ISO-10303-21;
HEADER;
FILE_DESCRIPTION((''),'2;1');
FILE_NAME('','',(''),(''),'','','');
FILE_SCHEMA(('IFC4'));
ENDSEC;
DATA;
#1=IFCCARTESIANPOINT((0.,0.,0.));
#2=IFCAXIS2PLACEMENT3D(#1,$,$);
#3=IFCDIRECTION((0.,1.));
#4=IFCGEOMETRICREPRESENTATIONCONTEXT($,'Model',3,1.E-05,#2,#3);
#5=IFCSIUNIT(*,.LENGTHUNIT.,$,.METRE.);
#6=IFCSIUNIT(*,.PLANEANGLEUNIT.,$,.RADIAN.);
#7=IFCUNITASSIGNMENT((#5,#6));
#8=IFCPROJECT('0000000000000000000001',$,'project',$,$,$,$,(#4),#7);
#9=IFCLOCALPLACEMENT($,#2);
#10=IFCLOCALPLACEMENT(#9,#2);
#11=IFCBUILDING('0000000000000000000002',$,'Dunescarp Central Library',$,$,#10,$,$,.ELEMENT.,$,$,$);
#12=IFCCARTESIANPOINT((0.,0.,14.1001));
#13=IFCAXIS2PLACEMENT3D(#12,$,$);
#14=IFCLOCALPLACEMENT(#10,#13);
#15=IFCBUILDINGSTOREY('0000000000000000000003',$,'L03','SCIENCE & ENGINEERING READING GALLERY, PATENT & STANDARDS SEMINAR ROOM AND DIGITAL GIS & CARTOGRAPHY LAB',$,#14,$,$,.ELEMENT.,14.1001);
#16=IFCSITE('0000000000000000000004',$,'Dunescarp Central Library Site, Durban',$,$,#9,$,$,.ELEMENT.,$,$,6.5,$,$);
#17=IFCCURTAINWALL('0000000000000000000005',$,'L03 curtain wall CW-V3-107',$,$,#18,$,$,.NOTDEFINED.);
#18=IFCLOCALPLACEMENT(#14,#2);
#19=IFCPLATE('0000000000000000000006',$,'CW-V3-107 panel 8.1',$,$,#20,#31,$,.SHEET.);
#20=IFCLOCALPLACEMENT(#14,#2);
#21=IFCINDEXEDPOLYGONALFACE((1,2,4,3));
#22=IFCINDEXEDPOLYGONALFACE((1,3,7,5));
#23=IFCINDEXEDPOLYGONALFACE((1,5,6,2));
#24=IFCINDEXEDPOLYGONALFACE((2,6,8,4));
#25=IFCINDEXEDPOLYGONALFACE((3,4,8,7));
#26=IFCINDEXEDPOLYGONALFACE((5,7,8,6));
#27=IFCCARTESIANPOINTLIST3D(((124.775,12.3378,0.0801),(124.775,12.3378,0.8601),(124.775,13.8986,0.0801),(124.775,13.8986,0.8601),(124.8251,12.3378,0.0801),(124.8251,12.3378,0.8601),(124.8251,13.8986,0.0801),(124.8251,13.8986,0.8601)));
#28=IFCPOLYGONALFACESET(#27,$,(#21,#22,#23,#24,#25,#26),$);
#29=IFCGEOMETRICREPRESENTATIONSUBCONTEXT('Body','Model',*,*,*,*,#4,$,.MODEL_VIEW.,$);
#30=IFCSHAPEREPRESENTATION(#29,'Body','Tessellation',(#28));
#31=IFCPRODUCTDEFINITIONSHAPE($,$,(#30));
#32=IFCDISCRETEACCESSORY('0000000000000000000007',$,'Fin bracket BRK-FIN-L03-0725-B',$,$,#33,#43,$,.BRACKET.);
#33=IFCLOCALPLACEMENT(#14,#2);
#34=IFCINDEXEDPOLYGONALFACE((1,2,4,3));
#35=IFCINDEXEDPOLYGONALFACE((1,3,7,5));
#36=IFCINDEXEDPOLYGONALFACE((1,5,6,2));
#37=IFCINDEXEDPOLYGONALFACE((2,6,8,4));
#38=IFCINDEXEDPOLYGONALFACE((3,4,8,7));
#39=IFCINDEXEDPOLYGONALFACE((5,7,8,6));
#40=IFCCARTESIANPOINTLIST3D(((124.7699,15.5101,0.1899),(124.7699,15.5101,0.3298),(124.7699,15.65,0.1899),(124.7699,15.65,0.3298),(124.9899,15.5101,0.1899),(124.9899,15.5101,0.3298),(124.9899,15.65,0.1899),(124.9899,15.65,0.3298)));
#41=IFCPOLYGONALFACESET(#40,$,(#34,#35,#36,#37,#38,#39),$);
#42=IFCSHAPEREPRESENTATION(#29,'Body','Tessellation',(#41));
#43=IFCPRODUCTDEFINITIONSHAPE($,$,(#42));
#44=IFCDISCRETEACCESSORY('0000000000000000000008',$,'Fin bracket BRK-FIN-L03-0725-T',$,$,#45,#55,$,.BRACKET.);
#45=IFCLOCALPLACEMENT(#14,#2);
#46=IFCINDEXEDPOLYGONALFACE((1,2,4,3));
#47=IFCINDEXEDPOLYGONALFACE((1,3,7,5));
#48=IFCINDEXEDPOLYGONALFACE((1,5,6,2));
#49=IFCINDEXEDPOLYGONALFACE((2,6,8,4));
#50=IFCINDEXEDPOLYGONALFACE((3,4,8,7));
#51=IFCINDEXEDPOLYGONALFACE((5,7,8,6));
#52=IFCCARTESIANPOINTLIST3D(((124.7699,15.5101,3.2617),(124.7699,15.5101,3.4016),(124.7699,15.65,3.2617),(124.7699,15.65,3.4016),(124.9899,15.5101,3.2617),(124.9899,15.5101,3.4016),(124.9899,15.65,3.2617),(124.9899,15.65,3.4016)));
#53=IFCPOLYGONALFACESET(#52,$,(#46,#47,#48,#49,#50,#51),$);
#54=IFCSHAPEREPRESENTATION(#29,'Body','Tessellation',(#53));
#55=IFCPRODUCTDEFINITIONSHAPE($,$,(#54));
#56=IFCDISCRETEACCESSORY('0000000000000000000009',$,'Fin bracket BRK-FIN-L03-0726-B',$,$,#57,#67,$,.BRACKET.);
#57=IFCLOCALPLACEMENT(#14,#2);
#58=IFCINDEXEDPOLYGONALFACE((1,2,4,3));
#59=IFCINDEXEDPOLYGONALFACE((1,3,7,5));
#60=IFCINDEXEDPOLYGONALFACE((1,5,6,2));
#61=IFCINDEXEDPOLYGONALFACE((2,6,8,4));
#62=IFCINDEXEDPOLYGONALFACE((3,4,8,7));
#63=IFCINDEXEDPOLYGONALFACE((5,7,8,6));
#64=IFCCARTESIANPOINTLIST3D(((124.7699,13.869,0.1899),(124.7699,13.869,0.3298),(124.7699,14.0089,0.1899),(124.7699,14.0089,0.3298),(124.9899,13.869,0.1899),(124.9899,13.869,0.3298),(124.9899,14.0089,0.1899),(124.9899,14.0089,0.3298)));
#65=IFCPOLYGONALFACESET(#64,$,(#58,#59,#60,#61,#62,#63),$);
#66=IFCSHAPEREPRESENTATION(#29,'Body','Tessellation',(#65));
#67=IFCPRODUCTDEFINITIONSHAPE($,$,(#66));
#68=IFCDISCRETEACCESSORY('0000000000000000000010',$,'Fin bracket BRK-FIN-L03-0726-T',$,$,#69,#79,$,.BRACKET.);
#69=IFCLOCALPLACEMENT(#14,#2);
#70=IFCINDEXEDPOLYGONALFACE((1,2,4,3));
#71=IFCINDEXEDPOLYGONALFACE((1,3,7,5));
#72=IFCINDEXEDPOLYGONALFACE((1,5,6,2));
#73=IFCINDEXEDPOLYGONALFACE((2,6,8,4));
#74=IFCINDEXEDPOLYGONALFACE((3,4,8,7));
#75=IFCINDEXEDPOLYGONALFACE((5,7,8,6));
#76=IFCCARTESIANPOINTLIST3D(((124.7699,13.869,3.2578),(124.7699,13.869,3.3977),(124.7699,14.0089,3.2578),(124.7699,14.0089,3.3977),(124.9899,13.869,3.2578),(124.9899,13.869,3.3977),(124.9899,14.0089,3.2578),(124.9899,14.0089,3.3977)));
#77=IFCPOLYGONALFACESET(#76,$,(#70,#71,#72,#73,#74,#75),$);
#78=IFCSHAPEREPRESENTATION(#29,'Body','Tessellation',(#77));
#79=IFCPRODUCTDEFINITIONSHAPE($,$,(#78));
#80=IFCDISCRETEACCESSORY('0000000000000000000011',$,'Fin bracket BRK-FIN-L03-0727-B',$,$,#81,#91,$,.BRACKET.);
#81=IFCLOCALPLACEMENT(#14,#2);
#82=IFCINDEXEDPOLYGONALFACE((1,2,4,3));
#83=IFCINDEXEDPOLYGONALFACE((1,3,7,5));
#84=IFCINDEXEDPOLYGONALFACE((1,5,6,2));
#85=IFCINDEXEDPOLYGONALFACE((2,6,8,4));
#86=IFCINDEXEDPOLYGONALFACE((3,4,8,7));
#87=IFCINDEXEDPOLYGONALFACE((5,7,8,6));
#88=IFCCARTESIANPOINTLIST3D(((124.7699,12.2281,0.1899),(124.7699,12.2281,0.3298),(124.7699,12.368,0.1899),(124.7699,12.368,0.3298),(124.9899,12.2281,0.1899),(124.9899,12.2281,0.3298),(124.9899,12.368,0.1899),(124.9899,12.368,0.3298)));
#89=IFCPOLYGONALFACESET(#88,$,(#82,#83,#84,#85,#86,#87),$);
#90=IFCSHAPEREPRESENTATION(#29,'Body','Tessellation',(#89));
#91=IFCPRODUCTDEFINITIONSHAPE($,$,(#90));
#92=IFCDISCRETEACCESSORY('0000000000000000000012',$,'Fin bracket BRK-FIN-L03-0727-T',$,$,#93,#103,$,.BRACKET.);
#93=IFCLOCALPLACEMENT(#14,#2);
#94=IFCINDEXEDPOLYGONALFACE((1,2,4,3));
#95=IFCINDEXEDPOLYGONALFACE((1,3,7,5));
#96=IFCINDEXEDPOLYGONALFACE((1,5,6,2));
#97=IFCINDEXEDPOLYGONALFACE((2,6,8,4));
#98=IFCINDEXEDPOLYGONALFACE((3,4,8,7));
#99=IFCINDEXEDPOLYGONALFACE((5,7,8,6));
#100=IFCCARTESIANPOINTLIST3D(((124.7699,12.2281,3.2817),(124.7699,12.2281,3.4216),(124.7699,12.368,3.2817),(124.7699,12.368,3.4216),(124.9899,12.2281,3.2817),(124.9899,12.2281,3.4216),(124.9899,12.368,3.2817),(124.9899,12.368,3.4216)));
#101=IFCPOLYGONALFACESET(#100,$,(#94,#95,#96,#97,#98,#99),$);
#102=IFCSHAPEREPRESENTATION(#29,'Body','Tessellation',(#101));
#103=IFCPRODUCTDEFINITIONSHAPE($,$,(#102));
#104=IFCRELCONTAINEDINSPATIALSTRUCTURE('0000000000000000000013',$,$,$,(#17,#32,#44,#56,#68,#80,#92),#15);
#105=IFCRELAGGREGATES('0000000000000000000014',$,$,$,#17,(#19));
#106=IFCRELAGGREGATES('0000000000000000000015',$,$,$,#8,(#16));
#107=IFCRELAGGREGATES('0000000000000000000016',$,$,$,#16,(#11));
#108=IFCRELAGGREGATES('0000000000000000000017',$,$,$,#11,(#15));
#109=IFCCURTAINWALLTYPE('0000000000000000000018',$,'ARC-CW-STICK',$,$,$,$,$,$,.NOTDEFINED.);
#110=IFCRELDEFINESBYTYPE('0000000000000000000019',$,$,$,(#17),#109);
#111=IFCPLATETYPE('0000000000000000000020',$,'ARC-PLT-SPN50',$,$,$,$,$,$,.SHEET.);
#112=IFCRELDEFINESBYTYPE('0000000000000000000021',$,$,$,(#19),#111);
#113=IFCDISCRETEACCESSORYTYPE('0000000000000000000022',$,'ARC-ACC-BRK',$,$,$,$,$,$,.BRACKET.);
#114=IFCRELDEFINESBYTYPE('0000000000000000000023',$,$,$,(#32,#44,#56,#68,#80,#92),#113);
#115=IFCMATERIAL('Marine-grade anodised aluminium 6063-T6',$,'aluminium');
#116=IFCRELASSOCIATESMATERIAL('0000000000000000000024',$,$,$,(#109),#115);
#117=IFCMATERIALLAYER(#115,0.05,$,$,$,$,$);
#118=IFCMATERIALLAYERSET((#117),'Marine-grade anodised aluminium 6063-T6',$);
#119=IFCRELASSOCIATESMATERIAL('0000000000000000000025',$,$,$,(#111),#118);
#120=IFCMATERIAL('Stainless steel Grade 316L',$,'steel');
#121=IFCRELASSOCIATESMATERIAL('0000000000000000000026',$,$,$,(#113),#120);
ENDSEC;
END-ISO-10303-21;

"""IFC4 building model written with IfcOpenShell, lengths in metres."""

from ifc_helpers import new_model, si_unit, direction, frame, origin, origin_2d, place, context, subcontext, project, spatial, rectangle, extrude, material, layer, layer_set, type_object, element, aggregate, save


model = new_model("IFC4")

# Units and contexts
model_context = context("Model", 3, precision=1e-05, world=origin(), true_north=direction((0.0, 1.0)))
body_context = subcontext(model_context, "Body", "Model", "MODEL_VIEW")
ifc_project = project(units=[si_unit("LENGTHUNIT", "METRE"), si_unit("PLANEANGLEUNIT", "RADIAN")], contexts=[model_context])

# Site, building, storey
site_placement = place(None, origin())
site = spatial("IfcSite", under=ifc_project, at=site_placement, Name="Dunescarp Central Library Site, Durban", CompositionType="ELEMENT", RefElevation=6.5)
building_placement = place(site_placement, origin())
building = spatial("IfcBuilding", under=site, at=building_placement, Name="Dunescarp Central Library", CompositionType="ELEMENT")
storey_placement = place(building_placement, frame((0.0, 0.0, 14.1001)))
storey = spatial("IfcBuildingStorey", under=building, at=storey_placement, Name="L03", Description="SCIENCE & ENGINEERING READING GALLERY, PATENT & STANDARDS SEMINAR ROOM AND DIGITAL GIS & CARTOGRAPHY LAB", CompositionType="ELEMENT", Elevation=14.1001)

# Curtain wall, plate
ifc_material_1 = material(Name="Marine-grade anodised aluminium 6063-T6", Category="aluminium")
curtain_wall_type = type_object("IfcCurtainWallType", Name="ARC-CW-STICK", PredefinedType="NOTDEFINED", material=ifc_material_1)
curtain_wall_placement = place(storey_placement, origin())
curtain_wall = element("IfcCurtainWall", 1, at=curtain_wall_placement, inside=storey, type_object=curtain_wall_type, Name="L03 curtain wall CW-V3-107", PredefinedType="NOTDEFINED")
ifc_layer_1 = layer(ifc_material_1, 0.05)
ifc_layer_set_1 = layer_set([ifc_layer_1], Name="Marine-grade anodised aluminium 6063-T6")
plate_type_1 = type_object("IfcPlateType", Name="ARC-PLT-SPN50", PredefinedType="SHEET", material=ifc_layer_set_1)
plate_1_placement = place(storey_placement, frame((124.8, 13.1182, 0.0801), z_axis=(0.0, 0.0, 1.0), x_axis=(0.0, -1.0, 0.0)))
plate_1 = element("IfcPlate", 2, at=plate_1_placement, type_object=plate_type_1, Name="CW-V3-107 panel 8.1", PredefinedType="SHEET", context=body_context, shape_type="SweptSolid", body=[
    extrude(rectangle(XDim=1.5608, YDim=0.05, at=origin_2d()), origin(), (0.0, 0.0, 1.0), 0.78),
])
aggregate(curtain_wall, [plate_1])

# Discrete accessories
ifc_material_2 = material(Name="Stainless steel Grade 316L", Category="steel")
discrete_accessory_type = type_object("IfcDiscreteAccessoryType", Name="ARC-ACC-BRK", PredefinedType="BRACKET", material=ifc_material_2)
for number, where, z_axis, x_axis, name in (
    (3, (124.8799, 15.5801, 0.1899), (0.0, 0.0, 1.0), (1.0, 0.0, 0.0), "Fin bracket BRK-FIN-L03-0725-B"),
    (4, (124.8799, 15.5801, 3.2617), (0.0, 0.0, 1.0), (1.0, 0.0, 0.0), "Fin bracket BRK-FIN-L03-0725-T"),
    (5, (124.8799, 13.939, 0.1899), (0.0, 0.0, 1.0), (1.0, 0.0, 0.0), "Fin bracket BRK-FIN-L03-0726-B"),
    (6, (124.8799, 13.939, 3.2578), (0.0, 0.0, 1.0), (1.0, 0.0, 0.0), "Fin bracket BRK-FIN-L03-0726-T"),
    (7, (124.8799, 12.2981, 0.1899), (0.0, 0.0, 1.0), (1.0, 0.0, 0.0), "Fin bracket BRK-FIN-L03-0727-B"),
    (8, (124.8799, 12.2981, 3.2817), (0.0, 0.0, 1.0), (1.0, 0.0, 0.0), "Fin bracket BRK-FIN-L03-0727-T"),
):
    element("IfcDiscreteAccessory", number, at=place(storey_placement, frame(where, z_axis=z_axis, x_axis=x_axis)), inside=storey, type_object=discrete_accessory_type, Name=name, PredefinedType="BRACKET", context=body_context, shape_type="SweptSolid", body=[
        extrude(rectangle(XDim=0.22, YDim=0.1399, at=origin_2d()), origin(), (0.0, 0.0, 1.0), 0.1399),
    ])

save(model, "model.ifc")
